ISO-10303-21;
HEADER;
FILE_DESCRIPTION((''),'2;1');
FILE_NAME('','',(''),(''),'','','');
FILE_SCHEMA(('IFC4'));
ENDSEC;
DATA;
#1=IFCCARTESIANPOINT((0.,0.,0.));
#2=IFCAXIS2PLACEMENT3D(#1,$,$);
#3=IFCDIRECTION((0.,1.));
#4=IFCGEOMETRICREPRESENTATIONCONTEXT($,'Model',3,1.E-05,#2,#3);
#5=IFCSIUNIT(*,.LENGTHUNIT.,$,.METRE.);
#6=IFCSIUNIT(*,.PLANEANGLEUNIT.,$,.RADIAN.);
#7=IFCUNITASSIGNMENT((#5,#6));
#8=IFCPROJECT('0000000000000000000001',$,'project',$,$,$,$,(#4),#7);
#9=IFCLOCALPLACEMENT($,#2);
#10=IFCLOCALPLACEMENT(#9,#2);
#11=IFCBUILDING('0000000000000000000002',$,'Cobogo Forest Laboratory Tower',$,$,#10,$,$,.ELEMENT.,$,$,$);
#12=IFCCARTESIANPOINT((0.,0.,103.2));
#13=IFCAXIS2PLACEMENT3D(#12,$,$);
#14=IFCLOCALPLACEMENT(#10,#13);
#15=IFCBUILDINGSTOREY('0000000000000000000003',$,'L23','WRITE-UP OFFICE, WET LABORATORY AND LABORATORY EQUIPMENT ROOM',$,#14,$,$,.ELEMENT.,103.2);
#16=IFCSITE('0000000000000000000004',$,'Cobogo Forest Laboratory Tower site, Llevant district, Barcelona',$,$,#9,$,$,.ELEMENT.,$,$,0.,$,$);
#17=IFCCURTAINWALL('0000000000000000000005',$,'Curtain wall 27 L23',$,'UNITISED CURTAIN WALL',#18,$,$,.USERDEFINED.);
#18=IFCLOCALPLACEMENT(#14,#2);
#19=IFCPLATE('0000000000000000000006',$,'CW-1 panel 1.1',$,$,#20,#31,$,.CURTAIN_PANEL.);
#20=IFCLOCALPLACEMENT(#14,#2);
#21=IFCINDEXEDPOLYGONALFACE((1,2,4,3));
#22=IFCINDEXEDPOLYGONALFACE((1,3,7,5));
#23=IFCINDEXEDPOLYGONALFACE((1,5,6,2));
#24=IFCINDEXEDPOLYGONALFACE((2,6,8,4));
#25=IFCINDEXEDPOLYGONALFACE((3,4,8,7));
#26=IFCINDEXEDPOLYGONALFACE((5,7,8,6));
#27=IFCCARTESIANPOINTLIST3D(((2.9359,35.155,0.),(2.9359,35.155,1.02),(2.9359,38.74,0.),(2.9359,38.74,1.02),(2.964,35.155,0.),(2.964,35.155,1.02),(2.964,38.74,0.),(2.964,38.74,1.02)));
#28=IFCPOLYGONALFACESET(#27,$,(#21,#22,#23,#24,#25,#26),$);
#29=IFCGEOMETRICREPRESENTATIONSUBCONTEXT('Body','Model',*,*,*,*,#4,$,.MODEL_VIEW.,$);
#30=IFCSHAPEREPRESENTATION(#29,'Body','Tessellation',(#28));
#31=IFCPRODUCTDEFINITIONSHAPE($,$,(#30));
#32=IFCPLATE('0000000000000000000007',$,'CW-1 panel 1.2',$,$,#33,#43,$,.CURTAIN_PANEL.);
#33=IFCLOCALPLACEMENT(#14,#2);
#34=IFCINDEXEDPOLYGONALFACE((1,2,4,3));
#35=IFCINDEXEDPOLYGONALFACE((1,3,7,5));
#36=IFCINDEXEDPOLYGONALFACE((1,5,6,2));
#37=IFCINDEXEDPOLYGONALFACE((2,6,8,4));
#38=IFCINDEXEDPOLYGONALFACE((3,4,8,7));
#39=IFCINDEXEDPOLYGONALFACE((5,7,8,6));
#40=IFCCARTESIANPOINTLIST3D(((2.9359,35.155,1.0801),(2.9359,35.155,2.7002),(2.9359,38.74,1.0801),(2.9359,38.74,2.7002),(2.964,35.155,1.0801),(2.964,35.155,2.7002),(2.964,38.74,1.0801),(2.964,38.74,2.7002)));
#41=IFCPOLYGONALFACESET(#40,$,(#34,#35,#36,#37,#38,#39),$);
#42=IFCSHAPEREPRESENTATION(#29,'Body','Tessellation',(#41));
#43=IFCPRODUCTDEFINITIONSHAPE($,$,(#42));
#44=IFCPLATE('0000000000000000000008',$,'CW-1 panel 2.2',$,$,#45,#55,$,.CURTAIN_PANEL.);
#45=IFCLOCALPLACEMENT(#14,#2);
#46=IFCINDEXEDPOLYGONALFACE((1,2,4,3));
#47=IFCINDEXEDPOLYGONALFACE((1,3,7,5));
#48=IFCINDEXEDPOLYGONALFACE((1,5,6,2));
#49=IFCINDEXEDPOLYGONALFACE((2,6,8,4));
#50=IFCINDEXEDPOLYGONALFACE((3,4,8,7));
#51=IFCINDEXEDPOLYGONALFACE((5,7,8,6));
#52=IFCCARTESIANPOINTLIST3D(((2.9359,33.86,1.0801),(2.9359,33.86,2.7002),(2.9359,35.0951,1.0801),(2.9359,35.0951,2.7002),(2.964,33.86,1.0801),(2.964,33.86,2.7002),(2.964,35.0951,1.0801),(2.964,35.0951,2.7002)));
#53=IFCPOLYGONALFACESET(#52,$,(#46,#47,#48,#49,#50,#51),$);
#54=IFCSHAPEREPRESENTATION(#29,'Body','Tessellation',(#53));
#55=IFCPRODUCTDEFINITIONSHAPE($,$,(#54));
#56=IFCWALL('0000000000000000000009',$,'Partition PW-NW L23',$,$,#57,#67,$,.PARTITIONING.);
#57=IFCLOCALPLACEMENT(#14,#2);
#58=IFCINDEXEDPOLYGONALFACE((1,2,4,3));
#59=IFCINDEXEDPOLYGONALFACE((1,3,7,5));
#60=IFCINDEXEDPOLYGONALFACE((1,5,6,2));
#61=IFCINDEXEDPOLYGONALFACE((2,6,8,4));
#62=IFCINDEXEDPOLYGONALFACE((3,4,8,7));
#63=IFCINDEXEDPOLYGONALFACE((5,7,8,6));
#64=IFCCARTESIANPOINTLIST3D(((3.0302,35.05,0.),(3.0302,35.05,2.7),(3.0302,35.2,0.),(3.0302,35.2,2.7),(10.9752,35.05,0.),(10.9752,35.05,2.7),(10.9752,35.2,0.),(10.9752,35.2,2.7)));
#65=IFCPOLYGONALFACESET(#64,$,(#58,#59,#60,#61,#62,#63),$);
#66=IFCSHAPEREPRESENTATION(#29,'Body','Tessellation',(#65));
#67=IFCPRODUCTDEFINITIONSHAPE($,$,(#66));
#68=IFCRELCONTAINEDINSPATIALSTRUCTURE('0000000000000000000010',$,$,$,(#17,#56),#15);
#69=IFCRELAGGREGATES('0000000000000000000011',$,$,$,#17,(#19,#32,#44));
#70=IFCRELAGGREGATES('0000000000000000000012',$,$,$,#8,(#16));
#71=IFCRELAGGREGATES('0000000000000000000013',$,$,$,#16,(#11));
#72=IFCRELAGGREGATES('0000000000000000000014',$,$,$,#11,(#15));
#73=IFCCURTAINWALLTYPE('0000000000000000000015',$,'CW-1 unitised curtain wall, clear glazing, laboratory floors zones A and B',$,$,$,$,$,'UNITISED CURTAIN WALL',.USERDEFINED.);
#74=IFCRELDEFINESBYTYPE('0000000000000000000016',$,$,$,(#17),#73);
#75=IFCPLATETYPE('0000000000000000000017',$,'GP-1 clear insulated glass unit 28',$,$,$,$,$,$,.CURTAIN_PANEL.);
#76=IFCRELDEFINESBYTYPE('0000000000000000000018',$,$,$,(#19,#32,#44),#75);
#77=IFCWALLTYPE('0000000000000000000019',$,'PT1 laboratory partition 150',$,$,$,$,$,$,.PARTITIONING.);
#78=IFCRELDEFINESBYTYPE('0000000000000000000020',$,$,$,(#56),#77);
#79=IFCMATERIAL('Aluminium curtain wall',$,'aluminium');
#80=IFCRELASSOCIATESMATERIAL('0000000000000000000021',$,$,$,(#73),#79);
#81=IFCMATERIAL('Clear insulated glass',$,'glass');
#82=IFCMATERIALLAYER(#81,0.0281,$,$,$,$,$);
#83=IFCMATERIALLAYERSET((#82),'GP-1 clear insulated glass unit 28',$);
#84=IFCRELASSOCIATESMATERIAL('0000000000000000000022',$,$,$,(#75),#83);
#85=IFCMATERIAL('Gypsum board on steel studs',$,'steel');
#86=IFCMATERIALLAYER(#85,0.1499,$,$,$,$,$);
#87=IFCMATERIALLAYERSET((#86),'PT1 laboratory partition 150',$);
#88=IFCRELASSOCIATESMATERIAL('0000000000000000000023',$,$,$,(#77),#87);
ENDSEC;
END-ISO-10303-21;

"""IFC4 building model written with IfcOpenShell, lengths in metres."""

from ifc_helpers import new_model, si_unit, direction, frame, frame_2d, origin, origin_2d, place, context, subcontext, project, spatial, rectangle, extrude, material, layer, layer_set, type_object, element, aggregate, save


model = new_model("IFC4")

# Units and contexts
model_context = context("Model", 3, precision=1e-05, world=origin(), true_north=direction((0.0, 1.0)))
body_context = subcontext(model_context, "Body", "Model", "MODEL_VIEW")
ifc_project = project(units=[si_unit("LENGTHUNIT", "METRE"), si_unit("PLANEANGLEUNIT", "RADIAN")], contexts=[model_context])

# Site, building, storey
site_placement = place(None, origin())
site = spatial("IfcSite", under=ifc_project, at=site_placement, Name="Cobogo Forest Laboratory Tower site, Llevant district, Barcelona", CompositionType="ELEMENT", RefElevation=0.0)
building_placement = place(site_placement, origin())
building = spatial("IfcBuilding", under=site, at=building_placement, Name="Cobogo Forest Laboratory Tower", CompositionType="ELEMENT")
storey_placement = place(building_placement, frame((0.0, 0.0, 103.2)))
storey = spatial("IfcBuildingStorey", under=building, at=storey_placement, Name="L23", Description="WRITE-UP OFFICE, WET LABORATORY AND LABORATORY EQUIPMENT ROOM", CompositionType="ELEMENT", Elevation=103.2)

# Shared definitions
ifc_material_1 = material(Name="Aluminium curtain wall", Category="aluminium")
curtain_wall_type = type_object("IfcCurtainWallType", Name="CW-1 unitised curtain wall, clear glazing, laboratory floors zones A and B", ElementType="UNITISED CURTAIN WALL", PredefinedType="USERDEFINED", material=ifc_material_1)

# Curtain wall
curtain_wall_1_placement = place(storey_placement, origin())
curtain_wall_1 = element("IfcCurtainWall", 1, at=curtain_wall_1_placement, inside=storey, type_object=curtain_wall_type, Name="Curtain wall 27 L23", ObjectType="UNITISED CURTAIN WALL", PredefinedType="USERDEFINED")

# Plates
ifc_material_2 = material(Name="Clear insulated glass", Category="glass")
ifc_layer_1 = layer(ifc_material_2, 0.0281)
ifc_layer_set_1 = layer_set([ifc_layer_1], Name="GP-1 clear insulated glass unit 28")
plate_type = type_object("IfcPlateType", Name="GP-1 clear insulated glass unit 28", PredefinedType="CURTAIN_PANEL", material=ifc_layer_set_1)
plate_1_placement = place(storey_placement, frame((2.95, 36.9475, 0.0), z_axis=(0.0, 0.0, 1.0), x_axis=(0.0, -1.0, 0.0)))
plate_1 = element("IfcPlate", 2, at=plate_1_placement, type_object=plate_type, Name="CW-1 panel 1.1", PredefinedType="CURTAIN_PANEL", context=body_context, shape_type="SweptSolid", body=[
    extrude(rectangle(XDim=3.585, YDim=0.0281, at=origin_2d()), origin(), (0.0, 0.0, 1.0), 1.02),
])
plate_2_placement = place(storey_placement, frame((2.95, 36.9475, 1.0801), z_axis=(0.0, 0.0, 1.0), x_axis=(0.0, -1.0, 0.0)))
plate_2 = element("IfcPlate", 3, at=plate_2_placement, type_object=plate_type, Name="CW-1 panel 1.2", PredefinedType="CURTAIN_PANEL", context=body_context, shape_type="SweptSolid", body=[
    extrude(rectangle(XDim=3.585, YDim=0.0281, at=origin_2d()), origin(), (0.0, 0.0, 1.0), 1.6201),
])
plate_3_placement = place(storey_placement, frame((2.95, 34.4775, 1.0801), z_axis=(0.0, 0.0, 1.0), x_axis=(0.0, -1.0, 0.0)))
plate_3 = element("IfcPlate", 4, at=plate_3_placement, type_object=plate_type, Name="CW-1 panel 2.2", PredefinedType="CURTAIN_PANEL", context=body_context, shape_type="SweptSolid", body=[
    extrude(rectangle(XDim=1.2351, YDim=0.0281, at=origin_2d()), origin(), (0.0, 0.0, 1.0), 1.6201),
])
aggregate(curtain_wall_1, [plate_1, plate_2, plate_3])

# Wall
ifc_material_3 = material(Name="Gypsum board on steel studs", Category="steel")
ifc_layer_2 = layer(ifc_material_3, 0.1499)
ifc_layer_set_2 = layer_set([ifc_layer_2], Name="PT1 laboratory partition 150")
wall_type = type_object("IfcWallType", Name="PT1 laboratory partition 150", PredefinedType="PARTITIONING", material=ifc_layer_set_2)
wall_placement = place(storey_placement, frame((3.03, 35.125, 0.0), z_axis=(0.0, 0.0, 1.0), x_axis=(1.0, 0.0, 0.0)))
element("IfcWall", 5, at=wall_placement, inside=storey, type_object=wall_type, Name="Partition PW-NW L23", PredefinedType="PARTITIONING", context=body_context, shape_type="SweptSolid", body=[
    extrude(rectangle(XDim=7.9451, YDim=0.1499, at=frame_2d((3.9727, 0.0))), origin(), (0.0, 0.0, 1.0), 2.7),
])

save(model, "model.ifc")
